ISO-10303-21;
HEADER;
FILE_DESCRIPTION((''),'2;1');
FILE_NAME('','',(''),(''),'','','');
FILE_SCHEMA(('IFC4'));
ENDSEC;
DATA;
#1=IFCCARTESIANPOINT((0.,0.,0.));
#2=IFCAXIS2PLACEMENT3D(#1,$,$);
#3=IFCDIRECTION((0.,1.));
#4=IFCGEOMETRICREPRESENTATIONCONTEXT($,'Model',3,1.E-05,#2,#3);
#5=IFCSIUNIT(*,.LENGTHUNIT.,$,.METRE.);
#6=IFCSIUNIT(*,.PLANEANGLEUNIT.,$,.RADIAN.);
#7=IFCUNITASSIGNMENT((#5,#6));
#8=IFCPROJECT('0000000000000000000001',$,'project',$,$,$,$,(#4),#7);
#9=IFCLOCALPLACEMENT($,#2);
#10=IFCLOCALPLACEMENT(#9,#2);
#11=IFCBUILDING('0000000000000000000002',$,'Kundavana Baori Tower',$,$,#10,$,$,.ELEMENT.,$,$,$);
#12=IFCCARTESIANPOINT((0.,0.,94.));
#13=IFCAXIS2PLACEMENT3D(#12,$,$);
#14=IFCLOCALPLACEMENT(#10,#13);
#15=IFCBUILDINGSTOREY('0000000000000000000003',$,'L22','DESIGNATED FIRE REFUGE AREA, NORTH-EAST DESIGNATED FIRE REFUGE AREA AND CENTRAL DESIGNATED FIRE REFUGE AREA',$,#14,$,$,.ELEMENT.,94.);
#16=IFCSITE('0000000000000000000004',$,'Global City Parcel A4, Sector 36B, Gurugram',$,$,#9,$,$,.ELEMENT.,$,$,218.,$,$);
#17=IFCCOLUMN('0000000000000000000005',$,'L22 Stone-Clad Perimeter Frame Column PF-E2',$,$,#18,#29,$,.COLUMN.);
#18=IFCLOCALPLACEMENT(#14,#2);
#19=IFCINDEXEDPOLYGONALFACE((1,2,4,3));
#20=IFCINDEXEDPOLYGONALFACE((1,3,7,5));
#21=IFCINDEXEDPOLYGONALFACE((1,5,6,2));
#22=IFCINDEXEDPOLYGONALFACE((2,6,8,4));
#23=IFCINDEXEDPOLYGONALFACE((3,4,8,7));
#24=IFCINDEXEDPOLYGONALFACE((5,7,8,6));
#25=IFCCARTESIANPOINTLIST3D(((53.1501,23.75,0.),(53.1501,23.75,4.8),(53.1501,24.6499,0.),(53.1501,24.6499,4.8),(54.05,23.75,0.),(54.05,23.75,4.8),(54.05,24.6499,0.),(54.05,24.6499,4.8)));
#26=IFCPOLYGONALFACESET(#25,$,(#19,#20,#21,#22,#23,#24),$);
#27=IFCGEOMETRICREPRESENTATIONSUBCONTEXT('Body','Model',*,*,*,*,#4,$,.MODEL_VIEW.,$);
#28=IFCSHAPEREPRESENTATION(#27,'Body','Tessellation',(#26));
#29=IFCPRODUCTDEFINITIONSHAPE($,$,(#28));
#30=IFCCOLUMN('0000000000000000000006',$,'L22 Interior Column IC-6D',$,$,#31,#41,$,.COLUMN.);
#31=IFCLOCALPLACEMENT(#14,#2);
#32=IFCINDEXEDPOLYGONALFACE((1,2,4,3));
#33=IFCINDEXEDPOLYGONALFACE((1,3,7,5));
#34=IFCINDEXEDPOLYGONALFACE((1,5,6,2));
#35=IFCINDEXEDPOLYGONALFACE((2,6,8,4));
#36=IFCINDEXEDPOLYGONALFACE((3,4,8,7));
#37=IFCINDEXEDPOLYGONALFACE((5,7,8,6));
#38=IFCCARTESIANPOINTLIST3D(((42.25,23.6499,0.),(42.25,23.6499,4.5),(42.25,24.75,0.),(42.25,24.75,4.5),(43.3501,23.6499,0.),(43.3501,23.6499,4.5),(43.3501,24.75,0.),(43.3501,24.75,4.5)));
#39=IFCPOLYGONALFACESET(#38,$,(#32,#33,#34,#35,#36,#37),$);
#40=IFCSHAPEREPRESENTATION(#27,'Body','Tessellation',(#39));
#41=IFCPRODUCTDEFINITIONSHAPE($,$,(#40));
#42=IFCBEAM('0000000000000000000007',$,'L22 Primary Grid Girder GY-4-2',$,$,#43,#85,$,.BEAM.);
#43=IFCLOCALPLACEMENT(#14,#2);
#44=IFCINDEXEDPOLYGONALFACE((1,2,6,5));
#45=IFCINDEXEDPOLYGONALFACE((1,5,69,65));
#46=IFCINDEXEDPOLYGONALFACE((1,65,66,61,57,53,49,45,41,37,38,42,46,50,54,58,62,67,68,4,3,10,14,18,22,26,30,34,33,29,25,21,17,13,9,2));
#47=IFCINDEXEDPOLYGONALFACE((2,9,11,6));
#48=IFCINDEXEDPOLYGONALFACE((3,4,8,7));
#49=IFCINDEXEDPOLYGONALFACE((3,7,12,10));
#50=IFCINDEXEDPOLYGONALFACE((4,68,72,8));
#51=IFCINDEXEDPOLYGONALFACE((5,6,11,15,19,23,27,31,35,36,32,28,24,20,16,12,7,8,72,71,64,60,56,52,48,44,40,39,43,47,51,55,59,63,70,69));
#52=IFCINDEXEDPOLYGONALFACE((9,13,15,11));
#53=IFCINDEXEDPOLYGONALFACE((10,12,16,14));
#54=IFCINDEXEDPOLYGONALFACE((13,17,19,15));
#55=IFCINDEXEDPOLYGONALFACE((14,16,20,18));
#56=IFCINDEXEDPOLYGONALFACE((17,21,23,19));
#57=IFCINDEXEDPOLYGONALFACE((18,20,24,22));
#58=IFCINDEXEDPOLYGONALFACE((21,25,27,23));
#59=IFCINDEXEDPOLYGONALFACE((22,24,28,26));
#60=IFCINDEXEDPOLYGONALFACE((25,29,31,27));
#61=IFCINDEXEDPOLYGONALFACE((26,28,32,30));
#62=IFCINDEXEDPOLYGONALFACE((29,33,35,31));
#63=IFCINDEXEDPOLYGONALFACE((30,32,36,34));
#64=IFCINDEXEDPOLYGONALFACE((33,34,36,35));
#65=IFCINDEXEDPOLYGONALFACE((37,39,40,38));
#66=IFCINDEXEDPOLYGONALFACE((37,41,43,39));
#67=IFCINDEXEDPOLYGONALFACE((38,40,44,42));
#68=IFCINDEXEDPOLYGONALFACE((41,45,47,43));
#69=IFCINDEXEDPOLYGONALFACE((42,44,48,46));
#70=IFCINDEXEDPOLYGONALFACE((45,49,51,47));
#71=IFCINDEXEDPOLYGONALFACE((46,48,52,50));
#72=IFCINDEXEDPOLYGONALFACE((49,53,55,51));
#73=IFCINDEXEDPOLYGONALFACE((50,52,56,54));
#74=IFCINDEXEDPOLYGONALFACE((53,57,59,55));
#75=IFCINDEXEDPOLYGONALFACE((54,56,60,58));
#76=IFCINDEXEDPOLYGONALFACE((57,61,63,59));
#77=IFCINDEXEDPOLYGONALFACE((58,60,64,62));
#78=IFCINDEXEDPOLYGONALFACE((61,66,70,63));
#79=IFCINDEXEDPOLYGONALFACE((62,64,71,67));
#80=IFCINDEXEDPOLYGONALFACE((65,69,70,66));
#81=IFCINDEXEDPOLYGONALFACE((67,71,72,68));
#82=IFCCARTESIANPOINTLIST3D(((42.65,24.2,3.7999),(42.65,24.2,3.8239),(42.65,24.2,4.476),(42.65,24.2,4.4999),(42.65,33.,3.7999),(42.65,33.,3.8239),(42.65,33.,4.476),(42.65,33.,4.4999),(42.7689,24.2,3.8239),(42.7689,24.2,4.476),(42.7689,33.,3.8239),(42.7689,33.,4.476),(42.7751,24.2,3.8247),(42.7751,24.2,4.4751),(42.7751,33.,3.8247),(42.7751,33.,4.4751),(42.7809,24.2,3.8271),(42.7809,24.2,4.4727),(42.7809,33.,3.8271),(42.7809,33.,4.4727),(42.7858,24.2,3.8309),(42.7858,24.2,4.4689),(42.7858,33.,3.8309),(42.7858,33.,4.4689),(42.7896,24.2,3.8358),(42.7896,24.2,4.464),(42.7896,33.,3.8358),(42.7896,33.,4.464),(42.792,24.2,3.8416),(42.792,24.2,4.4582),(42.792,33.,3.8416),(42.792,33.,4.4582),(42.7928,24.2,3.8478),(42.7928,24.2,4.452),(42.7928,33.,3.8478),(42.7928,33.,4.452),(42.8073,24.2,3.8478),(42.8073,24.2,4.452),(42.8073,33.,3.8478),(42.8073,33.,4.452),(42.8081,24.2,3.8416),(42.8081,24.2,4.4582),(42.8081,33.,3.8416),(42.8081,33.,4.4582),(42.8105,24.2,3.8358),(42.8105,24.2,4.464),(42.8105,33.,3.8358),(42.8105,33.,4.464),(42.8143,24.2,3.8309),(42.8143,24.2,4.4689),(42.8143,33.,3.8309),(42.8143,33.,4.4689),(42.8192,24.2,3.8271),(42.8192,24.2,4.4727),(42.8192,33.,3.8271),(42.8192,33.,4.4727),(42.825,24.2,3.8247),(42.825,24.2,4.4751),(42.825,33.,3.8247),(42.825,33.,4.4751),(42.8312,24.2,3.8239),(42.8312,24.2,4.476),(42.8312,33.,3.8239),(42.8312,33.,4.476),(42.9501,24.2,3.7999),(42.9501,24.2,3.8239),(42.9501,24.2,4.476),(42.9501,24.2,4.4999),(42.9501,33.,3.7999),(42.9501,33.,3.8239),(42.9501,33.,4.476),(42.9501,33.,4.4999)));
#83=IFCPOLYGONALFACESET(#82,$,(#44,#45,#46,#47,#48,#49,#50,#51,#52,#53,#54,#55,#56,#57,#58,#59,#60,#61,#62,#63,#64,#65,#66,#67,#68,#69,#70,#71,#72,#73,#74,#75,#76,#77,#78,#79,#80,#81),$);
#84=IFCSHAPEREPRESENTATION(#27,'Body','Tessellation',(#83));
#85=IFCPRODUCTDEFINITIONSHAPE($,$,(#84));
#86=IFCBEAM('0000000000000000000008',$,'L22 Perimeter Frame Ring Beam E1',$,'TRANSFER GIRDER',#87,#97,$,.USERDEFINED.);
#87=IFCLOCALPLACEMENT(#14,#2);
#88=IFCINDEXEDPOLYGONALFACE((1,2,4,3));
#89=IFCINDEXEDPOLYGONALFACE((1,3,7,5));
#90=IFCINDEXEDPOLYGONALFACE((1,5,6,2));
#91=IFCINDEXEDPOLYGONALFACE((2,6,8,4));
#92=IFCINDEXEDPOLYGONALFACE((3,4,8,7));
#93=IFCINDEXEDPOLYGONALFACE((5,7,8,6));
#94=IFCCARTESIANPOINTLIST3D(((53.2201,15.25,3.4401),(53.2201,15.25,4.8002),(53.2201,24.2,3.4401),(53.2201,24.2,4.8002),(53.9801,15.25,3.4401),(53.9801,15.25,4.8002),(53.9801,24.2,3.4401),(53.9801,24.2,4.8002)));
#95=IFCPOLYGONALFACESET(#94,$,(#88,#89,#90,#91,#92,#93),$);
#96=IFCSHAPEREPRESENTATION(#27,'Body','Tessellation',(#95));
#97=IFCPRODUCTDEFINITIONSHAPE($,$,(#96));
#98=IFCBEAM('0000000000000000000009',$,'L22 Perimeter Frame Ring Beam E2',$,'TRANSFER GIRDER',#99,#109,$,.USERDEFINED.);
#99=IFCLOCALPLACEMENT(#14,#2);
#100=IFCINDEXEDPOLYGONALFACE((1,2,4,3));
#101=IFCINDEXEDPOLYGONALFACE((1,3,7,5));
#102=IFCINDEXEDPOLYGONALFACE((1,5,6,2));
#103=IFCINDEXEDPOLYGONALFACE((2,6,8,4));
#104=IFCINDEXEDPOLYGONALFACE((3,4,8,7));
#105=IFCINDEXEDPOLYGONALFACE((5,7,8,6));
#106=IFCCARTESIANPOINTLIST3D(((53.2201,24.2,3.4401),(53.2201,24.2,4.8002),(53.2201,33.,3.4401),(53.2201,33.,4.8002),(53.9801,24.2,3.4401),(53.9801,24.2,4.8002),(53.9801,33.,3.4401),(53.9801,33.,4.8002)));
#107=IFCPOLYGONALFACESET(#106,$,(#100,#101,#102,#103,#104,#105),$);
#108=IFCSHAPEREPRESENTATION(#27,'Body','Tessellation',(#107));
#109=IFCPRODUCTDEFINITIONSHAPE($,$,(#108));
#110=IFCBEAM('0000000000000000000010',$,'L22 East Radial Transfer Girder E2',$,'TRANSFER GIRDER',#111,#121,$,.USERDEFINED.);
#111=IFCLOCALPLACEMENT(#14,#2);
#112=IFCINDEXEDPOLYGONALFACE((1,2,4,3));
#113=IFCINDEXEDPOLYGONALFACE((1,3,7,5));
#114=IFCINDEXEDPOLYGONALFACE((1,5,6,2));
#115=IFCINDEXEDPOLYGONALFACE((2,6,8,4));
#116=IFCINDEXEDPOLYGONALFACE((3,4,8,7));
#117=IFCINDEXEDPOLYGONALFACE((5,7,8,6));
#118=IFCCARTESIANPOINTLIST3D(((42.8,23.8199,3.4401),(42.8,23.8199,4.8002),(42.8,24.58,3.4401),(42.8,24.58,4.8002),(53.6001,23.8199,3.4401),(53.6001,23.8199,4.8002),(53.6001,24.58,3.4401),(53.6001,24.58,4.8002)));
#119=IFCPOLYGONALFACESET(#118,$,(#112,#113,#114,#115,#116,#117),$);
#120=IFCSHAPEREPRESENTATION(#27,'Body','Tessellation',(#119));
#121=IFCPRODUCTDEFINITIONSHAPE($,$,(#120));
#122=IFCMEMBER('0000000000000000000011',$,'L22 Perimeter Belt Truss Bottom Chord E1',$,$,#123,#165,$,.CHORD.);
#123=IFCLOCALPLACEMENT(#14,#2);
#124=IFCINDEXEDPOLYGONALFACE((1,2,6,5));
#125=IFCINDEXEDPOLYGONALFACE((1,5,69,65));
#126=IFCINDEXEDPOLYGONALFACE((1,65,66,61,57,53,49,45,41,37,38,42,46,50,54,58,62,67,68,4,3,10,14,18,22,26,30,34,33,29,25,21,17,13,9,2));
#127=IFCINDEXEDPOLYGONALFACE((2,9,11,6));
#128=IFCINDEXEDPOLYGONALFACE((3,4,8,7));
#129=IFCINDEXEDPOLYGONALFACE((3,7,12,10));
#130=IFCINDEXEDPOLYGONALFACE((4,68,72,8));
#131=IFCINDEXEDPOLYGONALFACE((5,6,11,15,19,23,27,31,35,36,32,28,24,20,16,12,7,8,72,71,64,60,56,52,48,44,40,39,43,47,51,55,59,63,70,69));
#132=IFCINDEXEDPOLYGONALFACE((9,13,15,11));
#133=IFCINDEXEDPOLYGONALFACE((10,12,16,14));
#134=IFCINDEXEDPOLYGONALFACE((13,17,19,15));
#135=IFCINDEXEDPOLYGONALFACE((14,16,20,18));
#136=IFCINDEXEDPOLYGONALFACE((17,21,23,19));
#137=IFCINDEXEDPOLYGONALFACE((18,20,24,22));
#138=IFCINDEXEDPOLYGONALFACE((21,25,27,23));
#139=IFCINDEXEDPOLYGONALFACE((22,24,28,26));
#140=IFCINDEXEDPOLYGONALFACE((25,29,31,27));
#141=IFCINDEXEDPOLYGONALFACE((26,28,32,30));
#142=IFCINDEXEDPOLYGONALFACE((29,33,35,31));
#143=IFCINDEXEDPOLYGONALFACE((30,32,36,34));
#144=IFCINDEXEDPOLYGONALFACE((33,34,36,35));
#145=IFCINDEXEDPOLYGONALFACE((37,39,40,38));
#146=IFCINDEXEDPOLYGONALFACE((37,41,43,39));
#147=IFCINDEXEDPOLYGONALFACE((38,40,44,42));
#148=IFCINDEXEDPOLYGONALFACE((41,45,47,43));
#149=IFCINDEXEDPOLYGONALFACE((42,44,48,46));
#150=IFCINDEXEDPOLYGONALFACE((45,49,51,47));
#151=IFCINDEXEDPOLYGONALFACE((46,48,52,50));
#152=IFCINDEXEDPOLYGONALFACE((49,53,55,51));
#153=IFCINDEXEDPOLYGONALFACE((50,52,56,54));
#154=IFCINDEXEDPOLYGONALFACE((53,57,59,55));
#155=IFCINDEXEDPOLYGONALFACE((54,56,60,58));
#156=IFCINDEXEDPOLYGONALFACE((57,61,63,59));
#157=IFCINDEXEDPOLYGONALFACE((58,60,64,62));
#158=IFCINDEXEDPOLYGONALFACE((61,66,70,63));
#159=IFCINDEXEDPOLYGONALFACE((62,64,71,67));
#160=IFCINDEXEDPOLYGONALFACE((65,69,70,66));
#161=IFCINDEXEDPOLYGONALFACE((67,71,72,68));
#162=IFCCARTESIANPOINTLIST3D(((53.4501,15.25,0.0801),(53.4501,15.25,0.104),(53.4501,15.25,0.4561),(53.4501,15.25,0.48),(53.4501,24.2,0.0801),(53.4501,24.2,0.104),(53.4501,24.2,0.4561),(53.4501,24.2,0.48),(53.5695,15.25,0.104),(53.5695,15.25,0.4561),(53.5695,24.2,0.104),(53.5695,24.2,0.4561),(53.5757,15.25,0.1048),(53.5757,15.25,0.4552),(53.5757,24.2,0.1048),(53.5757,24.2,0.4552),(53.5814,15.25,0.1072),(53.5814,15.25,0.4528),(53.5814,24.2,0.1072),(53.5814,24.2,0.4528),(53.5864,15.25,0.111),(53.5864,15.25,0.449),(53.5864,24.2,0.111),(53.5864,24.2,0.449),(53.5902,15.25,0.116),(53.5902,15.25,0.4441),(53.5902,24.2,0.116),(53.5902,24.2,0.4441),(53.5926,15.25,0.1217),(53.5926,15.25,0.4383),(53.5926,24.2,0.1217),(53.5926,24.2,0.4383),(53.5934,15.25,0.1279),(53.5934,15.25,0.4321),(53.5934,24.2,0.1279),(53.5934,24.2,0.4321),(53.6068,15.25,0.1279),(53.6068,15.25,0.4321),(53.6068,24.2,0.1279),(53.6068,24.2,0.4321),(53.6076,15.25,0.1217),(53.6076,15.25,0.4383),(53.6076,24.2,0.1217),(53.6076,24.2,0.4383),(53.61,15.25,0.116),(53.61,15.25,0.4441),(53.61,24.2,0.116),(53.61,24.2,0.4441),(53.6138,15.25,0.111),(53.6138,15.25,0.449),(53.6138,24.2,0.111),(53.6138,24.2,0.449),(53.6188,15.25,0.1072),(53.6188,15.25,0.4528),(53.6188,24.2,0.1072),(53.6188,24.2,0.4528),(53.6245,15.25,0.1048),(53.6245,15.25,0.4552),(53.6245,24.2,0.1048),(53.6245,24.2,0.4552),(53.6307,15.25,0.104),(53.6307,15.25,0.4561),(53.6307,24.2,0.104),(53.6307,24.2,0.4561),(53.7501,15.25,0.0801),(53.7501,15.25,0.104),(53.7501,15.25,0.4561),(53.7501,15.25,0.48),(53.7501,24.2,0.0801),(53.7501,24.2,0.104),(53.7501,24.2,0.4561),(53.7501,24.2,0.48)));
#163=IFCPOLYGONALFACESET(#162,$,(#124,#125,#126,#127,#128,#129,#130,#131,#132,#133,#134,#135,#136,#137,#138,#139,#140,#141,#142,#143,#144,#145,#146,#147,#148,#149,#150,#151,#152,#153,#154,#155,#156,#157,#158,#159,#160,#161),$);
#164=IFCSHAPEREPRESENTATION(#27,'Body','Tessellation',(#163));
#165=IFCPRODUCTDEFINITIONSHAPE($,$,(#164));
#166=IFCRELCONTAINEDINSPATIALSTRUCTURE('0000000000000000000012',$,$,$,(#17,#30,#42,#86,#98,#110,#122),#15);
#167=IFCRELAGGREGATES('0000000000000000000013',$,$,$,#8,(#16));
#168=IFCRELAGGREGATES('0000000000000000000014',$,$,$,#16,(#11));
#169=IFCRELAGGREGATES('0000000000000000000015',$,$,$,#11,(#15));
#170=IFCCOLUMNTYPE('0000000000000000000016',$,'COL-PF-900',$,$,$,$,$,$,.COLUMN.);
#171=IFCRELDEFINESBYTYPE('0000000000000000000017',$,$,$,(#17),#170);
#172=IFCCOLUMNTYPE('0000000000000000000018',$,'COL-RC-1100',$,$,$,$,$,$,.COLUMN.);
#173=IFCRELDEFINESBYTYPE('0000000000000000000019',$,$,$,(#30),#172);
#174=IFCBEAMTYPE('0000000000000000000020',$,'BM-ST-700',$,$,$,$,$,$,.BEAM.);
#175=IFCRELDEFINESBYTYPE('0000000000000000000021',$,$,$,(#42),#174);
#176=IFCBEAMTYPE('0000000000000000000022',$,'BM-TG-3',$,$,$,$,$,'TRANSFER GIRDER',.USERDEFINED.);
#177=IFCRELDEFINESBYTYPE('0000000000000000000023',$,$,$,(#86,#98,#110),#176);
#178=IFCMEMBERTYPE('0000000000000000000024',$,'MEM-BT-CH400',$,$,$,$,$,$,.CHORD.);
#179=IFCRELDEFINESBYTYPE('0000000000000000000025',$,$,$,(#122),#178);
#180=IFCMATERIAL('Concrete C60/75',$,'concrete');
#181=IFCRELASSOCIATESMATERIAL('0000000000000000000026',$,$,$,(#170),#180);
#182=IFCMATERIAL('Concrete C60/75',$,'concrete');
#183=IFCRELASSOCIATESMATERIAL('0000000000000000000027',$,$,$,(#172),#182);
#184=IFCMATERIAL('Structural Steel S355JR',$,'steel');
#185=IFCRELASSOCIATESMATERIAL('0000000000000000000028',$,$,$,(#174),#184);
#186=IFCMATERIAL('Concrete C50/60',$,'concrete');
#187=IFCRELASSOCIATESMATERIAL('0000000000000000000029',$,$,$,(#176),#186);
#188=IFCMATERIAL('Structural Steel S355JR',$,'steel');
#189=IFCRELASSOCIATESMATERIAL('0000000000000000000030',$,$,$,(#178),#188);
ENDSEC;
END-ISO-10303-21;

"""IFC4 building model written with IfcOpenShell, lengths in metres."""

from ifc_helpers import new_model, si_unit, direction, frame, origin, origin_2d, place, context, subcontext, project, spatial, rectangle, i_section, extrude, material, material_profile, profile_set, type_object, element, save


model = new_model("IFC4")

# Units and contexts
model_context = context("Model", 3, precision=1e-05, world=origin(), true_north=direction((0.0, 1.0)))
body_context = subcontext(model_context, "Body", "Model", "MODEL_VIEW")
ifc_project = project(units=[si_unit("LENGTHUNIT", "METRE"), si_unit("PLANEANGLEUNIT", "RADIAN")], contexts=[model_context])

# Site, building, storey
site_placement = place(None, origin())
site = spatial("IfcSite", under=ifc_project, at=site_placement, Name="Global City Parcel A4, Sector 36B, Gurugram", CompositionType="ELEMENT", RefElevation=218.0)
building_placement = place(site_placement, origin())
building = spatial("IfcBuilding", under=site, at=building_placement, Name="Kundavana Baori Tower", CompositionType="ELEMENT")
storey_placement = place(building_placement, frame((0.0, 0.0, 94.0)))
storey = spatial("IfcBuildingStorey", under=building, at=storey_placement, Name="L22", Description="DESIGNATED FIRE REFUGE AREA, NORTH-EAST DESIGNATED FIRE REFUGE AREA AND CENTRAL DESIGNATED FIRE REFUGE AREA", CompositionType="ELEMENT", Elevation=94.0)

# Columns
ifc_material_1 = material(Name="Concrete C60/75", Category="concrete")
ifc_material_profile_1 = material_profile(ifc_material_1, rectangle(XDim=0.8999, YDim=0.8999, at=origin_2d()), Name="RC PF 900x900")
ifc_profile_set_1 = profile_set([ifc_material_profile_1], Name="Concrete C60/75")
column_type_1 = type_object("IfcColumnType", Name="COL-PF-900", PredefinedType="COLUMN", material=ifc_profile_set_1)
column_1_placement = place(storey_placement, frame((53.6001, 24.2, 0.0), z_axis=(0.0, 0.0, 1.0), x_axis=(1.0, 0.0, 0.0)))
element("IfcColumn", 1, at=column_1_placement, inside=storey, type_object=column_type_1, Name="L22 Stone-Clad Perimeter Frame Column PF-E2", PredefinedType="COLUMN", context=body_context, shape_type="SweptSolid", body=[
    extrude(rectangle(XDim=0.8999, YDim=0.8999, at=origin_2d()), origin(), (0.0, 0.0, 1.0), 4.8),
])
ifc_material_2 = material(Name="Concrete C60/75", Category="concrete")
ifc_material_profile_2 = material_profile(ifc_material_2, rectangle(XDim=1.1001, YDim=1.1001, at=origin_2d()), Name="RC 1100x1100")
ifc_profile_set_2 = profile_set([ifc_material_profile_2], Name="Concrete C60/75")
column_type_2 = type_object("IfcColumnType", Name="COL-RC-1100", PredefinedType="COLUMN", material=ifc_profile_set_2)
column_2_placement = place(storey_placement, frame((42.8, 24.2, 0.0), z_axis=(0.0, 0.0, 1.0), x_axis=(1.0, 0.0, 0.0)))
element("IfcColumn", 2, at=column_2_placement, inside=storey, type_object=column_type_2, Name="L22 Interior Column IC-6D", PredefinedType="COLUMN", context=body_context, shape_type="SweptSolid", body=[
    extrude(rectangle(XDim=1.1001, YDim=1.1001, at=origin_2d()), origin(), (0.0, 0.0, 1.0), 4.5),
])

# Beams
ifc_material_3 = material(Name="Structural Steel S355JR", Category="steel")
ifc_material_profile_3 = material_profile(ifc_material_3, i_section(OverallWidth=0.3, OverallDepth=0.7, WebThickness=0.0144, FlangeThickness=0.0239, FilletRadius=0.0239, at=origin_2d()), Name="NPB 700x300x170")
ifc_profile_set_3 = profile_set([ifc_material_profile_3], Name="Structural Steel S355JR")
beam_type_1 = type_object("IfcBeamType", Name="BM-ST-700", PredefinedType="BEAM", material=ifc_profile_set_3)
beam_1_placement = place(storey_placement, frame((42.8, 24.2, 4.1499), z_axis=(0.0, 1.0, 0.0), x_axis=(-1.0, 0.0, 0.0)))
element("IfcBeam", 3, at=beam_1_placement, inside=storey, type_object=beam_type_1, Name="L22 Primary Grid Girder GY-4-2", PredefinedType="BEAM", context=body_context, shape_type="SweptSolid", body=[
    extrude(i_section(OverallWidth=0.3, OverallDepth=0.7, WebThickness=0.0144, FlangeThickness=0.0239, FilletRadius=0.0239, at=origin_2d()), origin(), (0.0, 0.0, 1.0), 8.8),
])
ifc_material_4 = material(Name="Concrete C50/60", Category="concrete")
ifc_material_profile_4 = material_profile(ifc_material_4, rectangle(XDim=0.76, YDim=1.3601, at=origin_2d()), Name="BM-TG-3")
ifc_profile_set_4 = profile_set([ifc_material_profile_4], Name="Concrete C50/60")
beam_type_2 = type_object("IfcBeamType", Name="BM-TG-3", ElementType="TRANSFER GIRDER", PredefinedType="USERDEFINED", material=ifc_profile_set_4)
beam_2_placement = place(storey_placement, frame((53.6001, 15.25, 4.1201), z_axis=(0.0, 1.0, 0.0), x_axis=(-1.0, 0.0, 0.0)))
element("IfcBeam", 4, at=beam_2_placement, inside=storey, type_object=beam_type_2, Name="L22 Perimeter Frame Ring Beam E1", ObjectType="TRANSFER GIRDER", PredefinedType="USERDEFINED", context=body_context, shape_type="SweptSolid", body=[
    extrude(rectangle(XDim=0.76, YDim=1.3601, at=origin_2d()), origin(), (0.0, 0.0, 1.0), 8.95),
])
beam_3_placement = place(storey_placement, frame((53.6001, 24.2, 4.1201), z_axis=(0.0, 1.0, 0.0), x_axis=(-1.0, 0.0, 0.0)))
element("IfcBeam", 5, at=beam_3_placement, inside=storey, type_object=beam_type_2, Name="L22 Perimeter Frame Ring Beam E2", ObjectType="TRANSFER GIRDER", PredefinedType="USERDEFINED", context=body_context, shape_type="SweptSolid", body=[
    extrude(rectangle(XDim=0.76, YDim=1.3601, at=origin_2d()), origin(), (0.0, 0.0, 1.0), 8.8),
])
beam_4_placement = place(storey_placement, frame((42.8, 24.2, 4.1201), z_axis=(1.0, 0.0, 0.0), x_axis=(0.0, 1.0, 0.0)))
element("IfcBeam", 6, at=beam_4_placement, inside=storey, type_object=beam_type_2, Name="L22 East Radial Transfer Girder E2", ObjectType="TRANSFER GIRDER", PredefinedType="USERDEFINED", context=body_context, shape_type="SweptSolid", body=[
    extrude(rectangle(XDim=0.76, YDim=1.3601, at=origin_2d()), origin(), (0.0, 0.0, 1.0), 10.8),
])

# Member
ifc_material_5 = material(Name="Structural Steel S355JR", Category="steel")
ifc_material_profile_5 = material_profile(ifc_material_5, i_section(OverallWidth=0.3, OverallDepth=0.3999, WebThickness=0.0134, FlangeThickness=0.0239, FilletRadius=0.0239, at=origin_2d()), Name="WPB 400x300x135")
ifc_profile_set_5 = profile_set([ifc_material_profile_5], Name="Structural Steel S355JR")
member_type_1 = type_object("IfcMemberType", Name="MEM-BT-CH400", PredefinedType="CHORD", material=ifc_profile_set_5)
member_1_placement = place(storey_placement, frame((53.6001, 15.25, 0.28), z_axis=(0.0, 1.0, 0.0), x_axis=(-1.0, 0.0, 0.0)))
element("IfcMember", 7, at=member_1_placement, inside=storey, type_object=member_type_1, Name="L22 Perimeter Belt Truss Bottom Chord E1", PredefinedType="CHORD", context=body_context, shape_type="SweptSolid", body=[
    extrude(i_section(OverallWidth=0.3, OverallDepth=0.3999, WebThickness=0.0134, FlangeThickness=0.0239, FilletRadius=0.0239, at=origin_2d()), origin(), (0.0, 0.0, 1.0), 8.95),
])

save(model, "model.ifc")
